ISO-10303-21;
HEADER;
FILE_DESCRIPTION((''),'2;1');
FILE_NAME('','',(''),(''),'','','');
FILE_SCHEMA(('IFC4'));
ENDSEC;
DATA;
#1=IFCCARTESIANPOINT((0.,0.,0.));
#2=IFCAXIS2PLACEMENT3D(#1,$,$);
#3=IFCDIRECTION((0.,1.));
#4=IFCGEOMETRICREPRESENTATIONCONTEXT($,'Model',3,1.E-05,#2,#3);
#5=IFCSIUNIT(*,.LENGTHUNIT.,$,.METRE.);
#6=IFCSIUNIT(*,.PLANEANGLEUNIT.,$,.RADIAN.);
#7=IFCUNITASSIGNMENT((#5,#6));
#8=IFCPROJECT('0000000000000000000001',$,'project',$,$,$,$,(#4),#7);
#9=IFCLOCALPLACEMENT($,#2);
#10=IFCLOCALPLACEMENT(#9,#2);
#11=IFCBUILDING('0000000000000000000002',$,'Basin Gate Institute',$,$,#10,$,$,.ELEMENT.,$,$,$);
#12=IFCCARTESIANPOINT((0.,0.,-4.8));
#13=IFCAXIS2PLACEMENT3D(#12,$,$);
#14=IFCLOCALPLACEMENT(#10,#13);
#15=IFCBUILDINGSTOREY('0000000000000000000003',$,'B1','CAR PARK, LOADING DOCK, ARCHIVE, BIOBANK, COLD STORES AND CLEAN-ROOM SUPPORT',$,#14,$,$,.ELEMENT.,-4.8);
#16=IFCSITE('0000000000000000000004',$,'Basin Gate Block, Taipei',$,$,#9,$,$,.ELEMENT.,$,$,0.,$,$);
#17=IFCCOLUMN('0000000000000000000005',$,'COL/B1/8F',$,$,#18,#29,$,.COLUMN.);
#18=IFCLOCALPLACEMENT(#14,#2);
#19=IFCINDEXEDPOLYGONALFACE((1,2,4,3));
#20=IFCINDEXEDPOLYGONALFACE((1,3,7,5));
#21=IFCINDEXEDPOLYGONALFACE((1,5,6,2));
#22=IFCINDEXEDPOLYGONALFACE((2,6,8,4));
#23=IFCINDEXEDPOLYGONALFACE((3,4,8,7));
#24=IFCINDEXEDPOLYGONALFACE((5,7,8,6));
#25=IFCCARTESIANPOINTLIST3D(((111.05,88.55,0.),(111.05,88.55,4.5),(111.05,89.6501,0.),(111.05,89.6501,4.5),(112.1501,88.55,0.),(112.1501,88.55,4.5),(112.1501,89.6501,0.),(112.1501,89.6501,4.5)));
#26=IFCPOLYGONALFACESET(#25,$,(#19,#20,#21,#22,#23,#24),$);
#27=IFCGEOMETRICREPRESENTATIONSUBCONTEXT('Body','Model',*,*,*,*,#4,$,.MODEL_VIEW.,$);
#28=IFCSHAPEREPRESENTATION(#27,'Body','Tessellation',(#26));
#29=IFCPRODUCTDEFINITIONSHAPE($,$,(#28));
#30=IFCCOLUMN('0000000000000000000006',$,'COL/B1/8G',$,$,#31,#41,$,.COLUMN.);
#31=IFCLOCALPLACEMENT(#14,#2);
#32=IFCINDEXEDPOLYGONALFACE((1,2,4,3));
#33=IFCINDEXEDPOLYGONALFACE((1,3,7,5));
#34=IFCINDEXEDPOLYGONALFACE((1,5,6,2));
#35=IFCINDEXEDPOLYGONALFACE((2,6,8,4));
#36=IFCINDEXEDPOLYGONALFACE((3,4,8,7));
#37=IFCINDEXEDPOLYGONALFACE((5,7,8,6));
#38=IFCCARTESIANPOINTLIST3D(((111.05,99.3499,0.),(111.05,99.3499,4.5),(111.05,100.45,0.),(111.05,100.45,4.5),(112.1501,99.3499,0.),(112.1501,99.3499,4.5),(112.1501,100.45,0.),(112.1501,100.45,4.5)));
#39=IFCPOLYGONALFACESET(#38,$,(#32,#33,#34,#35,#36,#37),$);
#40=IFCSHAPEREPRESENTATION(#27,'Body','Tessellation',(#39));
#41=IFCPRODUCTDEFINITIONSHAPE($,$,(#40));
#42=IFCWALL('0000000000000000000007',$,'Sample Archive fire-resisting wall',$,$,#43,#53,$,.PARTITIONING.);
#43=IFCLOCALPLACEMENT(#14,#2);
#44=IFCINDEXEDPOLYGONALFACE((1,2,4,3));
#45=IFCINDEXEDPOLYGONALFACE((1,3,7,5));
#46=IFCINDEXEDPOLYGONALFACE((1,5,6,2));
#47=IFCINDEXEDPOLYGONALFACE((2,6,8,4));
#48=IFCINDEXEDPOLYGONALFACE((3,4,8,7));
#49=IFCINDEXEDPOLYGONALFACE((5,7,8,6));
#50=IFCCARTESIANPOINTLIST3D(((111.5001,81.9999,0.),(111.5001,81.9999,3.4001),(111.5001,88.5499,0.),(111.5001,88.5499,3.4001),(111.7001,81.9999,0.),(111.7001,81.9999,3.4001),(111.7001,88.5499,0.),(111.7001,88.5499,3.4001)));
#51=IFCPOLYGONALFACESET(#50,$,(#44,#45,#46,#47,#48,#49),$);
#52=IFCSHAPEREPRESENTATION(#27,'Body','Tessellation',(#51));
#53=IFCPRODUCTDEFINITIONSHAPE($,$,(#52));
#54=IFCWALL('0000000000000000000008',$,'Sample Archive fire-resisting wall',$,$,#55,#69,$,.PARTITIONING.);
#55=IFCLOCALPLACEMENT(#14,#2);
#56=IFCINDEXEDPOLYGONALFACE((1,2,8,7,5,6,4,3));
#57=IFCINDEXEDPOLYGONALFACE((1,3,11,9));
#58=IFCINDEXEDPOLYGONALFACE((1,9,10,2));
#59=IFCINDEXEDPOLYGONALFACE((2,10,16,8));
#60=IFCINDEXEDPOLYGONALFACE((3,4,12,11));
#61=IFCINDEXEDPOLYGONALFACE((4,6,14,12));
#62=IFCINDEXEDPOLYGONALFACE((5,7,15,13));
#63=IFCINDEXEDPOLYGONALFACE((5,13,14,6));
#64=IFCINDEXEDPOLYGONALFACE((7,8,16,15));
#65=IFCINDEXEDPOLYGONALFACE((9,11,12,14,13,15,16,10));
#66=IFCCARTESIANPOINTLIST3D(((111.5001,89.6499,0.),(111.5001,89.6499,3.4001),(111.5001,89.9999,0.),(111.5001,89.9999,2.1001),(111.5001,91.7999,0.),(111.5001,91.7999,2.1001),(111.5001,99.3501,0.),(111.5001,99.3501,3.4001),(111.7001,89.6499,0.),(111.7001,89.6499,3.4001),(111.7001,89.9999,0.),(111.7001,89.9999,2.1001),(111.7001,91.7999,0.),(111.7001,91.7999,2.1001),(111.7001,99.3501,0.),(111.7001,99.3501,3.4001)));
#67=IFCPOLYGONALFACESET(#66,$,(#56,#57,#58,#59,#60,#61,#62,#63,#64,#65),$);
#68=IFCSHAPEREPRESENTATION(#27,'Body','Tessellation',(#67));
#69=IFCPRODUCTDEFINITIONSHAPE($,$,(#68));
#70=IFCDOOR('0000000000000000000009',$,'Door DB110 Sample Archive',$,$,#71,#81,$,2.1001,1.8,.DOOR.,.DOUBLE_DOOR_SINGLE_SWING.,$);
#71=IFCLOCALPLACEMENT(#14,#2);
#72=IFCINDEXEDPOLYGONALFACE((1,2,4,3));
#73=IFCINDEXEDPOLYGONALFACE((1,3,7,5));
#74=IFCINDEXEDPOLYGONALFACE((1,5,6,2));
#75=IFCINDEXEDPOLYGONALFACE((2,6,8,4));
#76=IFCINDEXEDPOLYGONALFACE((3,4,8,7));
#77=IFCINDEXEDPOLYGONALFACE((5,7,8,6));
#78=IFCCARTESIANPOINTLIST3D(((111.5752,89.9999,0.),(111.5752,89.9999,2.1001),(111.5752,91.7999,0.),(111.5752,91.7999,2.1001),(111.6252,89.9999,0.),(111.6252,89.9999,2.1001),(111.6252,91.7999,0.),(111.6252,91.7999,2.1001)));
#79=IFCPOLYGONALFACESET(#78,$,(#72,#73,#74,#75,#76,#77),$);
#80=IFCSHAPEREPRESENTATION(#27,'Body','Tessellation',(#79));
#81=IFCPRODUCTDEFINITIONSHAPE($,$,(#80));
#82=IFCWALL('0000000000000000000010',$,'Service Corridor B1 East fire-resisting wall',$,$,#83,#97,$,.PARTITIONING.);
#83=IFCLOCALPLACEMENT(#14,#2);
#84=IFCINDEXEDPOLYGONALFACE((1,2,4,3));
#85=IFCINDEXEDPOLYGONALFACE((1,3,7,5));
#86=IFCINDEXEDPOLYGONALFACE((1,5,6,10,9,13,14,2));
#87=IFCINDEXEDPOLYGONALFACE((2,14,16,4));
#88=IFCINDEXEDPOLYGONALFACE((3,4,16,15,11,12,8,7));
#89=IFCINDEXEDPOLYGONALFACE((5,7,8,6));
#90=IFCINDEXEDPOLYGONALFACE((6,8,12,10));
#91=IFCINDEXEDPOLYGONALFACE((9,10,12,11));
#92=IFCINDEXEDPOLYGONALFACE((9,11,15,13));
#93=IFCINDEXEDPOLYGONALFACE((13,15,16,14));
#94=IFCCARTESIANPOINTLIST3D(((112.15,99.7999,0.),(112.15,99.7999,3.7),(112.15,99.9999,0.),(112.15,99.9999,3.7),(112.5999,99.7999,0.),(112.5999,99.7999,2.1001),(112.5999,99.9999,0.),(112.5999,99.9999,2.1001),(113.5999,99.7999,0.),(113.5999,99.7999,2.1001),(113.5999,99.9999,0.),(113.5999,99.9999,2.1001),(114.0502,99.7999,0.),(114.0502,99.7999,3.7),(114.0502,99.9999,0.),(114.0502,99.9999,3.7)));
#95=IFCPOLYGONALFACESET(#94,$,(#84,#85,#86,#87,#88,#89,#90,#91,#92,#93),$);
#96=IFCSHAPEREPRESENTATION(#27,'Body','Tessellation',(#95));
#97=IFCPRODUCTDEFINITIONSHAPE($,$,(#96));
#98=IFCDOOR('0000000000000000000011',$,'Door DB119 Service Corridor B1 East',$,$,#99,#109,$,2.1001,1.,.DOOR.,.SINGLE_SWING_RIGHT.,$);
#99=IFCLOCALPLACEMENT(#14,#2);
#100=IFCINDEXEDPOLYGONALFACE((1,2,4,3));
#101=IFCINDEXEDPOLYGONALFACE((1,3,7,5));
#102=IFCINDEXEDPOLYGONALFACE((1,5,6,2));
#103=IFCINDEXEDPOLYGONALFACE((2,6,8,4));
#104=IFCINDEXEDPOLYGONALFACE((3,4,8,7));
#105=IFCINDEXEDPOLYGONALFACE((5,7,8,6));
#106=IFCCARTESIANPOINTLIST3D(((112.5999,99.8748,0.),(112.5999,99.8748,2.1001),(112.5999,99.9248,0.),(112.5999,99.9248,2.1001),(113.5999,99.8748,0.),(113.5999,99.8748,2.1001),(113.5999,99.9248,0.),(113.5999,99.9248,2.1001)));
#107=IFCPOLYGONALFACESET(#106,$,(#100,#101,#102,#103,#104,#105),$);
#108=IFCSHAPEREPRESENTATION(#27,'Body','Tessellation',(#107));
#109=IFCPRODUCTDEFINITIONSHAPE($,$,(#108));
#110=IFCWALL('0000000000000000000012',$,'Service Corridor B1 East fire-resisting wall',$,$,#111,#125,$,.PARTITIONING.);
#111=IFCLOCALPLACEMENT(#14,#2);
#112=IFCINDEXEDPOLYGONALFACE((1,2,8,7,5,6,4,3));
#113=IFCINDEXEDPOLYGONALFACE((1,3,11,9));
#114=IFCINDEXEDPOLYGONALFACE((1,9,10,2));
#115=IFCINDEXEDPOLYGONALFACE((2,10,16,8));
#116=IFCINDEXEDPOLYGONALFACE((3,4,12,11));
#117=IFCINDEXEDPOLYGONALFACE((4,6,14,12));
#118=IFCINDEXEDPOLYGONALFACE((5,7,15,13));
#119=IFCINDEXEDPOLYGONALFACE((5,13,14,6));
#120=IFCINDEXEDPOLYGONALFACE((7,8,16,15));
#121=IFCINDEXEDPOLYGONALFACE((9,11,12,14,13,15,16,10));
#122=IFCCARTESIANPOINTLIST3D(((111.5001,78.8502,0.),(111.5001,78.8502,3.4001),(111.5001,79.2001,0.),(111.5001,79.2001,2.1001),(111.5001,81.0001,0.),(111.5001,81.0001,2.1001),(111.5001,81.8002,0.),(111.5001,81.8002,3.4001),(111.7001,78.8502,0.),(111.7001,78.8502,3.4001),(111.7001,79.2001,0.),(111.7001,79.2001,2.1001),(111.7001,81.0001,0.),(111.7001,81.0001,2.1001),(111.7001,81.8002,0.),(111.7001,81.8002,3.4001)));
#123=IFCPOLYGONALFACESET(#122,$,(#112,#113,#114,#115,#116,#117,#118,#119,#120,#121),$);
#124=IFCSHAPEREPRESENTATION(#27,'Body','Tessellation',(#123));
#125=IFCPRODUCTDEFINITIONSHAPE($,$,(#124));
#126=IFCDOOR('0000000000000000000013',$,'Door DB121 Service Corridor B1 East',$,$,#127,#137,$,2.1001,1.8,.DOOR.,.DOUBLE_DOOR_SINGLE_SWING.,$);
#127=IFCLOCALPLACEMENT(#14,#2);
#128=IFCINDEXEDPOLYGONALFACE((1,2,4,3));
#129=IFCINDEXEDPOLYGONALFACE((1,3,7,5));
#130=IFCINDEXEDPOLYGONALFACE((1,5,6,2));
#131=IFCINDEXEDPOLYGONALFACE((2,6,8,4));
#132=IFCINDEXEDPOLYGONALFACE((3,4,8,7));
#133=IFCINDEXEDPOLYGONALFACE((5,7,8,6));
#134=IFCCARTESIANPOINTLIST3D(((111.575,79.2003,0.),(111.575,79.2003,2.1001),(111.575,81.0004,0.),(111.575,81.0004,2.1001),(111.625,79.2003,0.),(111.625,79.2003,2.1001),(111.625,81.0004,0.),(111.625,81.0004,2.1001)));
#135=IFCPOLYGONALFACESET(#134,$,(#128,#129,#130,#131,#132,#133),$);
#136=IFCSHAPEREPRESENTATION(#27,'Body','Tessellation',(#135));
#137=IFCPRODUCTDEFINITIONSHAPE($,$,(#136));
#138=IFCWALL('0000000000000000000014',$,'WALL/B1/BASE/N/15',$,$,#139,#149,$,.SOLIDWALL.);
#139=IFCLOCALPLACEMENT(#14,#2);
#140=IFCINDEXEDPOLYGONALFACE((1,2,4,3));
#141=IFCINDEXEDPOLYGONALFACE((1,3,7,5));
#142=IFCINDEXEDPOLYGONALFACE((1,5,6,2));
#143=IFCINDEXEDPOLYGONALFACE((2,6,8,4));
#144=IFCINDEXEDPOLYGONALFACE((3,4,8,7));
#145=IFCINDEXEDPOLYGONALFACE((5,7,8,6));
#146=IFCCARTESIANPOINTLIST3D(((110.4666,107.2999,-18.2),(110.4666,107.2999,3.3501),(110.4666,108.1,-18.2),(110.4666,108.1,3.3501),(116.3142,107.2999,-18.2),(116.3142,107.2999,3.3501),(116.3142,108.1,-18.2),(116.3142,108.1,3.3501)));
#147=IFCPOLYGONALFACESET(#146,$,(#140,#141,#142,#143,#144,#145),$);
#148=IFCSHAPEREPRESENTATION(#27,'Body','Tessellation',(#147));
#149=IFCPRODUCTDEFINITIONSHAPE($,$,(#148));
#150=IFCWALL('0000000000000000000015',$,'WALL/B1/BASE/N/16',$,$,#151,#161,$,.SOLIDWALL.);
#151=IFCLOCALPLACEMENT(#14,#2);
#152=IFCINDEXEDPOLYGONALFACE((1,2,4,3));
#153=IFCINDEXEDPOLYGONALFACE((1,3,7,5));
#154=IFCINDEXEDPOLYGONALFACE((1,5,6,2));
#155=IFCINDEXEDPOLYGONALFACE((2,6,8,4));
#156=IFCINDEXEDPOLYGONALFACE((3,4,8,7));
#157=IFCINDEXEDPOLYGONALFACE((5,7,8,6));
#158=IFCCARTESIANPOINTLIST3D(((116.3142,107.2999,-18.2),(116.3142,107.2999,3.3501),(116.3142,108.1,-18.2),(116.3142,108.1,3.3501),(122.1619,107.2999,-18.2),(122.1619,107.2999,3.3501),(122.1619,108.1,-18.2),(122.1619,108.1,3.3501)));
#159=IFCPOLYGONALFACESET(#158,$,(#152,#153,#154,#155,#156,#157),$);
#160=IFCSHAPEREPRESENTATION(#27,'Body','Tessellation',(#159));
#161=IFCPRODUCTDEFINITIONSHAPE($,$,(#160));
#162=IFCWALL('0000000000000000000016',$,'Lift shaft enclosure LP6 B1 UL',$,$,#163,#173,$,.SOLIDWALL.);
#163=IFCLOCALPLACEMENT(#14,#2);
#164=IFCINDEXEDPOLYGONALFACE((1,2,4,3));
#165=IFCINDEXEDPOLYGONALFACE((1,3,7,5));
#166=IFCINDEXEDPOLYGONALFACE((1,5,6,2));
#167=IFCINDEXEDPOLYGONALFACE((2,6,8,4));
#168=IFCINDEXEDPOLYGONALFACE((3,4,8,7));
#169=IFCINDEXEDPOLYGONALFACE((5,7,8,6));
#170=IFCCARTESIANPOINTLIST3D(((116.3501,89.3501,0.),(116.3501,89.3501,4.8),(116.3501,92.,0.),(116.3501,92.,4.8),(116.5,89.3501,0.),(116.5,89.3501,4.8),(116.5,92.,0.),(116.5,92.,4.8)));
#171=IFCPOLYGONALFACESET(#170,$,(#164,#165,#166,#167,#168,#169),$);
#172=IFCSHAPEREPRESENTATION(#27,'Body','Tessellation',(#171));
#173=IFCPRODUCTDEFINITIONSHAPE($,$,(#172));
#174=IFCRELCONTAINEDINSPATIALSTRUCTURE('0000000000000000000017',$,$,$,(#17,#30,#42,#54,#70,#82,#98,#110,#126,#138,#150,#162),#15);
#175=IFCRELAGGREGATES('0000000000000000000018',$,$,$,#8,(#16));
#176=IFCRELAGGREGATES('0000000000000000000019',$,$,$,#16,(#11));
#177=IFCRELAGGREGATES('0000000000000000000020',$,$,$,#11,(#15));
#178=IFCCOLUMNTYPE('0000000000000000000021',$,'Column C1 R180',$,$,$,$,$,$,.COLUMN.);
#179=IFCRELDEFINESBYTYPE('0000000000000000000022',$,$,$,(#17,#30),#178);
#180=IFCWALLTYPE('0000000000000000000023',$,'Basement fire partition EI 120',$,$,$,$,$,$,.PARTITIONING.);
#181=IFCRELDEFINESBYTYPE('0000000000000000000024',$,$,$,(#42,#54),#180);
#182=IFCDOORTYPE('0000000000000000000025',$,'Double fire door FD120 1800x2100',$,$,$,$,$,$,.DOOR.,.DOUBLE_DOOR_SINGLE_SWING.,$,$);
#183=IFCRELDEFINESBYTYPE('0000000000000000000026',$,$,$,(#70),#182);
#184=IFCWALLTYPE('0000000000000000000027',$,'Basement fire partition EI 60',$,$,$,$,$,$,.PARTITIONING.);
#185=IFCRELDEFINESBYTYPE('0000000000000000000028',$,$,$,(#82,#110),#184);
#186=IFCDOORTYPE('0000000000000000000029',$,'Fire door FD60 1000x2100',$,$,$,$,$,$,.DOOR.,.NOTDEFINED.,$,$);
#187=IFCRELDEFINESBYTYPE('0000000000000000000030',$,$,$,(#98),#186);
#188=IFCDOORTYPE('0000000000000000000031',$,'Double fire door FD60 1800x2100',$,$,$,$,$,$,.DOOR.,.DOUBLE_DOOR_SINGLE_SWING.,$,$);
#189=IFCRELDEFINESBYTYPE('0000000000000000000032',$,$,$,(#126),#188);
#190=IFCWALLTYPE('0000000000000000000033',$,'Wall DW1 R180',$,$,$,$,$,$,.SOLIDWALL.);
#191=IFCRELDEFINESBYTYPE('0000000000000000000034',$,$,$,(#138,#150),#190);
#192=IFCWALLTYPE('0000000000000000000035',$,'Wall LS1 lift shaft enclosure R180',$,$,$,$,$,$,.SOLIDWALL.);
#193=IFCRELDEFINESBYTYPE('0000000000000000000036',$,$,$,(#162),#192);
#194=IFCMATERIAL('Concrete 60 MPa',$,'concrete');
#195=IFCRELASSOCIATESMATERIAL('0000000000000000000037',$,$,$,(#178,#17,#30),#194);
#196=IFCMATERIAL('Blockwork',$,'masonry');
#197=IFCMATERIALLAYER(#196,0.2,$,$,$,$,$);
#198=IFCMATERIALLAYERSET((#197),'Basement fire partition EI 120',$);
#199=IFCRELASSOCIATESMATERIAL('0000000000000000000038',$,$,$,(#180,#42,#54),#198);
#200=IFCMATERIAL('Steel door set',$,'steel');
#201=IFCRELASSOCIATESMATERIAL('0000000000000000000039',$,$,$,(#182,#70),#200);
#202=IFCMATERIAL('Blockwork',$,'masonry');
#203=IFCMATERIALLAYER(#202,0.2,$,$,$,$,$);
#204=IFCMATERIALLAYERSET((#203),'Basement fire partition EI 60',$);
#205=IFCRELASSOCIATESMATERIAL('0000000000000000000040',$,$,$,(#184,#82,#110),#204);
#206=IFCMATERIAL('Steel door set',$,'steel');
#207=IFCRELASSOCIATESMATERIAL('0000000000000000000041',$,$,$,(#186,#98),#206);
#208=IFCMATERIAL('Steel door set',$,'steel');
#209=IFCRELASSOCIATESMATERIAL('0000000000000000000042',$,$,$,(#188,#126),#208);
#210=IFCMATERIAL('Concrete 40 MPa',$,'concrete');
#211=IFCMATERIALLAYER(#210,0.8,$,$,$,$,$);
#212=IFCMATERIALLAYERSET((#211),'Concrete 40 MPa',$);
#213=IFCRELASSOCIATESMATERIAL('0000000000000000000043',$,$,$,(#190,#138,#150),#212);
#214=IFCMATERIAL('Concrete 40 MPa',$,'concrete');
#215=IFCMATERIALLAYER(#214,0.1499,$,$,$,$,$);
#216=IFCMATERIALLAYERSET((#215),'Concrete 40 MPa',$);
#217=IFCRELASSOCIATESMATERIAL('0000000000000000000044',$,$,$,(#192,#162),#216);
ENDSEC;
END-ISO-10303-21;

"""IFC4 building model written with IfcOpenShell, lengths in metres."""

from ifc_helpers import new_model, si_unit, direction, frame, frame_2d, origin, origin_2d, place, context, subcontext, project, spatial, rectangle, extrude, material, layer, layer_set, material_profile, profile_set, type_object, element, fill, save


model = new_model("IFC4")

# Units and contexts
model_context = context("Model", 3, precision=1e-05, world=origin(), true_north=direction((0.0, 1.0)))
body_context = subcontext(model_context, "Body", "Model", "MODEL_VIEW")
ifc_project = project(units=[si_unit("LENGTHUNIT", "METRE"), si_unit("PLANEANGLEUNIT", "RADIAN")], contexts=[model_context])

# Site, building, storey
site_placement = place(None, origin())
site = spatial("IfcSite", under=ifc_project, at=site_placement, Name="Basin Gate Block, Taipei", CompositionType="ELEMENT", RefElevation=0.0)
building_placement = place(site_placement, origin())
building = spatial("IfcBuilding", under=site, at=building_placement, Name="Basin Gate Institute", CompositionType="ELEMENT")
storey_placement = place(building_placement, frame((0.0, 0.0, -4.8)))
storey = spatial("IfcBuildingStorey", under=building, at=storey_placement, Name="B1", Description="CAR PARK, LOADING DOCK, ARCHIVE, BIOBANK, COLD STORES AND CLEAN-ROOM SUPPORT", CompositionType="ELEMENT", Elevation=-4.8)

# Columns
ifc_material_1 = material(Name="Concrete 60 MPa", Category="concrete")
ifc_material_profile = material_profile(ifc_material_1, rectangle(XDim=1.1001, YDim=1.1001, at=origin_2d()), Name="Column C1 1100 x 1100")
ifc_profile_set = profile_set([ifc_material_profile], Name="Concrete 60 MPa")
column_type = type_object("IfcColumnType", Name="Column C1 R180", PredefinedType="COLUMN", material=ifc_profile_set)
for number, where, z_axis, x_axis, name in (
    (1, (111.6001, 89.1001, 0.0), (0.0, 0.0, 1.0), (1.0, 0.0, 0.0), "COL/B1/8F"),
    (2, (111.6001, 99.8999, 0.0), (0.0, 0.0, 1.0), (1.0, 0.0, 0.0), "COL/B1/8G"),
):
    element("IfcColumn", number, at=place(storey_placement, frame(where, z_axis=z_axis, x_axis=x_axis)), inside=storey, type_object=column_type, material=ifc_profile_set, Name=name, PredefinedType="COLUMN", context=body_context, shape_type="SweptSolid", body=[
        extrude(rectangle(XDim=1.1001, YDim=1.1001, at=origin_2d()), origin(), (0.0, 0.0, 1.0), 4.5),
    ])

# Wall
ifc_material_2 = material(Name="Blockwork", Category="masonry")
ifc_layer_1 = layer(ifc_material_2, 0.2)
ifc_layer_set_1 = layer_set([ifc_layer_1], Name="Basement fire partition EI 120")
wall_type_1 = type_object("IfcWallType", Name="Basement fire partition EI 120", PredefinedType="PARTITIONING", material=ifc_layer_set_1)
wall_1_placement = place(storey_placement, frame((111.6001, 82.0, 0.0), z_axis=(0.0, 0.0, 1.0), x_axis=(0.0, 1.0, 0.0)))
element("IfcWall", 3, at=wall_1_placement, inside=storey, type_object=wall_type_1, material=ifc_layer_set_1, Name="Sample Archive fire-resisting wall", PredefinedType="PARTITIONING", context=body_context, shape_type="SweptSolid", body=[
    extrude(rectangle(XDim=6.55, YDim=0.2, at=frame_2d((3.2749, 0.0))), origin(), (0.0, 0.0, 1.0), 3.4001),
])

# Walls, openings, doors
wall_2_placement = place(storey_placement, frame((111.6001, 89.6499, 0.0), z_axis=(0.0, 0.0, 1.0), x_axis=(0.0, 1.0, 0.0)))
wall_2 = element("IfcWall", 4, at=wall_2_placement, inside=storey, type_object=wall_type_1, material=ifc_layer_set_1, Name="Sample Archive fire-resisting wall", PredefinedType="PARTITIONING", context=body_context, shape_type="SweptSolid", body=[
    extrude(rectangle(XDim=9.7002, YDim=0.2, at=frame_2d((4.8501, 0.0))), origin(), (0.0, 0.0, 1.0), 3.4001),
])
opening_1_placement = place(wall_2_placement, frame((0.3501, 0.0, 0.0)))
opening_1 = element("IfcOpeningElement", 5, at=opening_1_placement, cuts=wall_2, PredefinedType="OPENING", context=body_context, shape_type="SweptSolid", body=[
    extrude(rectangle(XDim=1.8, YDim=2.1001, at=frame_2d((0.8999, 1.05))), frame((0.0, 0.1099, 0.0), z_axis=(0.0, -1.0, 0.0), x_axis=(1.0, 0.0, 0.0)), (0.0, 0.0, 1.0), 0.22),
])
ifc_material_3 = material(Name="Steel door set", Category="steel")
door_type_1 = type_object("IfcDoorType", Name="Double fire door FD120 1800x2100", OperationType="DOUBLE_DOOR_SINGLE_SWING", PredefinedType="DOOR", material=ifc_material_3)
door_1_placement = place(opening_1_placement, origin())
door_1 = element("IfcDoor", 6, at=door_1_placement, inside=storey, type_object=door_type_1, material=ifc_material_3, Name="Door DB110 Sample Archive", OperationType="DOUBLE_DOOR_SINGLE_SWING", OverallHeight=2.1001, OverallWidth=1.8, PredefinedType="DOOR", context=body_context, shape_type="SweptSolid", body=[
    extrude(rectangle(XDim=1.8, YDim=2.1001, at=frame_2d((0.8999, 1.05))), frame((0.0, 0.0249, 0.0), z_axis=(0.0, -1.0, 0.0), x_axis=(1.0, 0.0, 0.0)), (0.0, 0.0, 1.0), 0.05),
])
fill(opening_1, door_1)
ifc_material_4 = material(Name="Blockwork", Category="masonry")
ifc_layer_2 = layer(ifc_material_4, 0.2)
ifc_layer_set_2 = layer_set([ifc_layer_2], Name="Basement fire partition EI 60")
wall_type_2 = type_object("IfcWallType", Name="Basement fire partition EI 60", PredefinedType="PARTITIONING", material=ifc_layer_set_2)
wall_3_placement = place(storey_placement, frame((112.1499, 99.8999, 0.0), z_axis=(0.0, 0.0, 1.0), x_axis=(1.0, 0.0, 0.0)))
wall_3 = element("IfcWall", 7, at=wall_3_placement, inside=storey, type_object=wall_type_2, material=ifc_layer_set_2, Name="Service Corridor B1 East fire-resisting wall", PredefinedType="PARTITIONING", context=body_context, shape_type="SweptSolid", body=[
    extrude(rectangle(XDim=1.9001, YDim=0.2, at=frame_2d((0.9502, 0.0))), origin(), (0.0, 0.0, 1.0), 3.7),
])
opening_2_placement = place(wall_3_placement, frame((0.45, 0.0, 0.0)))
opening_2 = element("IfcOpeningElement", 8, at=opening_2_placement, cuts=wall_3, PredefinedType="OPENING", context=body_context, shape_type="SweptSolid", body=[
    extrude(rectangle(XDim=1.0, YDim=2.1001, at=frame_2d((0.5, 1.05))), frame((0.0, 0.1099, 0.0), z_axis=(0.0, -1.0, 0.0), x_axis=(1.0, 0.0, 0.0)), (0.0, 0.0, 1.0), 0.22),
])
ifc_material_5 = material(Name="Steel door set", Category="steel")
door_type_2 = type_object("IfcDoorType", Name="Fire door FD60 1000x2100", OperationType="NOTDEFINED", PredefinedType="DOOR", material=ifc_material_5)
door_2_placement = place(opening_2_placement, origin())
door_2 = element("IfcDoor", 9, at=door_2_placement, inside=storey, type_object=door_type_2, material=ifc_material_5, Name="Door DB119 Service Corridor B1 East", OperationType="SINGLE_SWING_RIGHT", OverallHeight=2.1001, OverallWidth=1.0, PredefinedType="DOOR", context=body_context, shape_type="SweptSolid", body=[
    extrude(rectangle(XDim=1.0, YDim=2.1001, at=frame_2d((0.5, 1.05))), frame((0.0, 0.0249, 0.0), z_axis=(0.0, -1.0, 0.0), x_axis=(1.0, 0.0, 0.0)), (0.0, 0.0, 1.0), 0.05),
])
fill(opening_2, door_2)
wall_4_placement = place(storey_placement, frame((111.6001, 78.8501, 0.0), z_axis=(0.0, 0.0, 1.0), x_axis=(0.0, 1.0, 0.0)))
wall_4 = element("IfcWall", 10, at=wall_4_placement, inside=storey, type_object=wall_type_2, material=ifc_layer_set_2, Name="Service Corridor B1 East fire-resisting wall", PredefinedType="PARTITIONING", context=body_context, shape_type="SweptSolid", body=[
    extrude(rectangle(XDim=2.95, YDim=0.2, at=frame_2d((1.4751, 0.0))), origin(), (0.0, 0.0, 1.0), 3.4001),
])
opening_3_placement = place(wall_4_placement, frame((0.3501, 0.0, 0.0)))
opening_3 = element("IfcOpeningElement", 11, at=opening_3_placement, cuts=wall_4, PredefinedType="OPENING", context=body_context, shape_type="SweptSolid", body=[
    extrude(rectangle(XDim=1.8, YDim=2.1001, at=frame_2d((0.8999, 1.05))), frame((0.0, 0.1099, 0.0), z_axis=(0.0, -1.0, 0.0), x_axis=(1.0, 0.0, 0.0)), (0.0, 0.0, 1.0), 0.22),
])
ifc_material_6 = material(Name="Steel door set", Category="steel")
door_type_3 = type_object("IfcDoorType", Name="Double fire door FD60 1800x2100", OperationType="DOUBLE_DOOR_SINGLE_SWING", PredefinedType="DOOR", material=ifc_material_6)
door_3_placement = place(opening_3_placement, frame((1.8, 0.0, 0.0), z_axis=(0.0, 0.0, 1.0), x_axis=(-1.0, 0.0, 0.0)))
door_3 = element("IfcDoor", 12, at=door_3_placement, inside=storey, type_object=door_type_3, material=ifc_material_6, Name="Door DB121 Service Corridor B1 East", OperationType="DOUBLE_DOOR_SINGLE_SWING", OverallHeight=2.1001, OverallWidth=1.8, PredefinedType="DOOR", context=body_context, shape_type="SweptSolid", body=[
    extrude(rectangle(XDim=1.8, YDim=2.1001, at=frame_2d((0.8999, 1.05))), frame((0.0, 0.0249, 0.0), z_axis=(0.0, -1.0, 0.0), x_axis=(1.0, 0.0, 0.0)), (0.0, 0.0, 1.0), 0.05),
])
fill(opening_3, door_3)

# Walls
ifc_material_7 = material(Name="Concrete 40 MPa", Category="concrete")
ifc_layer_3 = layer(ifc_material_7, 0.8)
ifc_layer_set_3 = layer_set([ifc_layer_3], Name="Concrete 40 MPa")
wall_type_3 = type_object("IfcWallType", Name="Wall DW1 R180", PredefinedType="SOLIDWALL", material=ifc_layer_set_3)
for number, where, z_axis, x_axis, name in (
    (13, (110.4666, 107.7, -18.2), (0.0, 0.0, 1.0), (1.0, 0.0, 0.0), "WALL/B1/BASE/N/15"),
    (14, (116.3142, 107.7, -18.2), (0.0, 0.0, 1.0), (1.0, 0.0, 0.0), "WALL/B1/BASE/N/16"),
):
    element("IfcWall", number, at=place(storey_placement, frame(where, z_axis=z_axis, x_axis=x_axis)), inside=storey, type_object=wall_type_3, material=ifc_layer_set_3, Name=name, PredefinedType="SOLIDWALL", context=body_context, shape_type="SweptSolid", body=[
        extrude(rectangle(XDim=5.8477, YDim=0.8, at=frame_2d((2.9238, 0.0))), origin(), (0.0, 0.0, 1.0), 21.55),
    ])
ifc_material_8 = material(Name="Concrete 40 MPa", Category="concrete")
ifc_layer_4 = layer(ifc_material_8, 0.1499)
ifc_layer_set_4 = layer_set([ifc_layer_4], Name="Concrete 40 MPa")
wall_type_4 = type_object("IfcWallType", Name="Wall LS1 lift shaft enclosure R180", PredefinedType="SOLIDWALL", material=ifc_layer_set_4)
wall_5_placement = place(storey_placement, frame((116.425, 92.0, 0.0), z_axis=(0.0, 0.0, 1.0), x_axis=(0.0, -1.0, 0.0)))
element("IfcWall", 15, at=wall_5_placement, inside=storey, type_object=wall_type_4, material=ifc_layer_set_4, Name="Lift shaft enclosure LP6 B1 UL", PredefinedType="SOLIDWALL", context=body_context, shape_type="SweptSolid", body=[
    extrude(rectangle(XDim=2.6499, YDim=0.1499, at=frame_2d((1.325, 0.0))), origin(), (0.0, 0.0, 1.0), 4.8),
])

save(model, "model.ifc")
